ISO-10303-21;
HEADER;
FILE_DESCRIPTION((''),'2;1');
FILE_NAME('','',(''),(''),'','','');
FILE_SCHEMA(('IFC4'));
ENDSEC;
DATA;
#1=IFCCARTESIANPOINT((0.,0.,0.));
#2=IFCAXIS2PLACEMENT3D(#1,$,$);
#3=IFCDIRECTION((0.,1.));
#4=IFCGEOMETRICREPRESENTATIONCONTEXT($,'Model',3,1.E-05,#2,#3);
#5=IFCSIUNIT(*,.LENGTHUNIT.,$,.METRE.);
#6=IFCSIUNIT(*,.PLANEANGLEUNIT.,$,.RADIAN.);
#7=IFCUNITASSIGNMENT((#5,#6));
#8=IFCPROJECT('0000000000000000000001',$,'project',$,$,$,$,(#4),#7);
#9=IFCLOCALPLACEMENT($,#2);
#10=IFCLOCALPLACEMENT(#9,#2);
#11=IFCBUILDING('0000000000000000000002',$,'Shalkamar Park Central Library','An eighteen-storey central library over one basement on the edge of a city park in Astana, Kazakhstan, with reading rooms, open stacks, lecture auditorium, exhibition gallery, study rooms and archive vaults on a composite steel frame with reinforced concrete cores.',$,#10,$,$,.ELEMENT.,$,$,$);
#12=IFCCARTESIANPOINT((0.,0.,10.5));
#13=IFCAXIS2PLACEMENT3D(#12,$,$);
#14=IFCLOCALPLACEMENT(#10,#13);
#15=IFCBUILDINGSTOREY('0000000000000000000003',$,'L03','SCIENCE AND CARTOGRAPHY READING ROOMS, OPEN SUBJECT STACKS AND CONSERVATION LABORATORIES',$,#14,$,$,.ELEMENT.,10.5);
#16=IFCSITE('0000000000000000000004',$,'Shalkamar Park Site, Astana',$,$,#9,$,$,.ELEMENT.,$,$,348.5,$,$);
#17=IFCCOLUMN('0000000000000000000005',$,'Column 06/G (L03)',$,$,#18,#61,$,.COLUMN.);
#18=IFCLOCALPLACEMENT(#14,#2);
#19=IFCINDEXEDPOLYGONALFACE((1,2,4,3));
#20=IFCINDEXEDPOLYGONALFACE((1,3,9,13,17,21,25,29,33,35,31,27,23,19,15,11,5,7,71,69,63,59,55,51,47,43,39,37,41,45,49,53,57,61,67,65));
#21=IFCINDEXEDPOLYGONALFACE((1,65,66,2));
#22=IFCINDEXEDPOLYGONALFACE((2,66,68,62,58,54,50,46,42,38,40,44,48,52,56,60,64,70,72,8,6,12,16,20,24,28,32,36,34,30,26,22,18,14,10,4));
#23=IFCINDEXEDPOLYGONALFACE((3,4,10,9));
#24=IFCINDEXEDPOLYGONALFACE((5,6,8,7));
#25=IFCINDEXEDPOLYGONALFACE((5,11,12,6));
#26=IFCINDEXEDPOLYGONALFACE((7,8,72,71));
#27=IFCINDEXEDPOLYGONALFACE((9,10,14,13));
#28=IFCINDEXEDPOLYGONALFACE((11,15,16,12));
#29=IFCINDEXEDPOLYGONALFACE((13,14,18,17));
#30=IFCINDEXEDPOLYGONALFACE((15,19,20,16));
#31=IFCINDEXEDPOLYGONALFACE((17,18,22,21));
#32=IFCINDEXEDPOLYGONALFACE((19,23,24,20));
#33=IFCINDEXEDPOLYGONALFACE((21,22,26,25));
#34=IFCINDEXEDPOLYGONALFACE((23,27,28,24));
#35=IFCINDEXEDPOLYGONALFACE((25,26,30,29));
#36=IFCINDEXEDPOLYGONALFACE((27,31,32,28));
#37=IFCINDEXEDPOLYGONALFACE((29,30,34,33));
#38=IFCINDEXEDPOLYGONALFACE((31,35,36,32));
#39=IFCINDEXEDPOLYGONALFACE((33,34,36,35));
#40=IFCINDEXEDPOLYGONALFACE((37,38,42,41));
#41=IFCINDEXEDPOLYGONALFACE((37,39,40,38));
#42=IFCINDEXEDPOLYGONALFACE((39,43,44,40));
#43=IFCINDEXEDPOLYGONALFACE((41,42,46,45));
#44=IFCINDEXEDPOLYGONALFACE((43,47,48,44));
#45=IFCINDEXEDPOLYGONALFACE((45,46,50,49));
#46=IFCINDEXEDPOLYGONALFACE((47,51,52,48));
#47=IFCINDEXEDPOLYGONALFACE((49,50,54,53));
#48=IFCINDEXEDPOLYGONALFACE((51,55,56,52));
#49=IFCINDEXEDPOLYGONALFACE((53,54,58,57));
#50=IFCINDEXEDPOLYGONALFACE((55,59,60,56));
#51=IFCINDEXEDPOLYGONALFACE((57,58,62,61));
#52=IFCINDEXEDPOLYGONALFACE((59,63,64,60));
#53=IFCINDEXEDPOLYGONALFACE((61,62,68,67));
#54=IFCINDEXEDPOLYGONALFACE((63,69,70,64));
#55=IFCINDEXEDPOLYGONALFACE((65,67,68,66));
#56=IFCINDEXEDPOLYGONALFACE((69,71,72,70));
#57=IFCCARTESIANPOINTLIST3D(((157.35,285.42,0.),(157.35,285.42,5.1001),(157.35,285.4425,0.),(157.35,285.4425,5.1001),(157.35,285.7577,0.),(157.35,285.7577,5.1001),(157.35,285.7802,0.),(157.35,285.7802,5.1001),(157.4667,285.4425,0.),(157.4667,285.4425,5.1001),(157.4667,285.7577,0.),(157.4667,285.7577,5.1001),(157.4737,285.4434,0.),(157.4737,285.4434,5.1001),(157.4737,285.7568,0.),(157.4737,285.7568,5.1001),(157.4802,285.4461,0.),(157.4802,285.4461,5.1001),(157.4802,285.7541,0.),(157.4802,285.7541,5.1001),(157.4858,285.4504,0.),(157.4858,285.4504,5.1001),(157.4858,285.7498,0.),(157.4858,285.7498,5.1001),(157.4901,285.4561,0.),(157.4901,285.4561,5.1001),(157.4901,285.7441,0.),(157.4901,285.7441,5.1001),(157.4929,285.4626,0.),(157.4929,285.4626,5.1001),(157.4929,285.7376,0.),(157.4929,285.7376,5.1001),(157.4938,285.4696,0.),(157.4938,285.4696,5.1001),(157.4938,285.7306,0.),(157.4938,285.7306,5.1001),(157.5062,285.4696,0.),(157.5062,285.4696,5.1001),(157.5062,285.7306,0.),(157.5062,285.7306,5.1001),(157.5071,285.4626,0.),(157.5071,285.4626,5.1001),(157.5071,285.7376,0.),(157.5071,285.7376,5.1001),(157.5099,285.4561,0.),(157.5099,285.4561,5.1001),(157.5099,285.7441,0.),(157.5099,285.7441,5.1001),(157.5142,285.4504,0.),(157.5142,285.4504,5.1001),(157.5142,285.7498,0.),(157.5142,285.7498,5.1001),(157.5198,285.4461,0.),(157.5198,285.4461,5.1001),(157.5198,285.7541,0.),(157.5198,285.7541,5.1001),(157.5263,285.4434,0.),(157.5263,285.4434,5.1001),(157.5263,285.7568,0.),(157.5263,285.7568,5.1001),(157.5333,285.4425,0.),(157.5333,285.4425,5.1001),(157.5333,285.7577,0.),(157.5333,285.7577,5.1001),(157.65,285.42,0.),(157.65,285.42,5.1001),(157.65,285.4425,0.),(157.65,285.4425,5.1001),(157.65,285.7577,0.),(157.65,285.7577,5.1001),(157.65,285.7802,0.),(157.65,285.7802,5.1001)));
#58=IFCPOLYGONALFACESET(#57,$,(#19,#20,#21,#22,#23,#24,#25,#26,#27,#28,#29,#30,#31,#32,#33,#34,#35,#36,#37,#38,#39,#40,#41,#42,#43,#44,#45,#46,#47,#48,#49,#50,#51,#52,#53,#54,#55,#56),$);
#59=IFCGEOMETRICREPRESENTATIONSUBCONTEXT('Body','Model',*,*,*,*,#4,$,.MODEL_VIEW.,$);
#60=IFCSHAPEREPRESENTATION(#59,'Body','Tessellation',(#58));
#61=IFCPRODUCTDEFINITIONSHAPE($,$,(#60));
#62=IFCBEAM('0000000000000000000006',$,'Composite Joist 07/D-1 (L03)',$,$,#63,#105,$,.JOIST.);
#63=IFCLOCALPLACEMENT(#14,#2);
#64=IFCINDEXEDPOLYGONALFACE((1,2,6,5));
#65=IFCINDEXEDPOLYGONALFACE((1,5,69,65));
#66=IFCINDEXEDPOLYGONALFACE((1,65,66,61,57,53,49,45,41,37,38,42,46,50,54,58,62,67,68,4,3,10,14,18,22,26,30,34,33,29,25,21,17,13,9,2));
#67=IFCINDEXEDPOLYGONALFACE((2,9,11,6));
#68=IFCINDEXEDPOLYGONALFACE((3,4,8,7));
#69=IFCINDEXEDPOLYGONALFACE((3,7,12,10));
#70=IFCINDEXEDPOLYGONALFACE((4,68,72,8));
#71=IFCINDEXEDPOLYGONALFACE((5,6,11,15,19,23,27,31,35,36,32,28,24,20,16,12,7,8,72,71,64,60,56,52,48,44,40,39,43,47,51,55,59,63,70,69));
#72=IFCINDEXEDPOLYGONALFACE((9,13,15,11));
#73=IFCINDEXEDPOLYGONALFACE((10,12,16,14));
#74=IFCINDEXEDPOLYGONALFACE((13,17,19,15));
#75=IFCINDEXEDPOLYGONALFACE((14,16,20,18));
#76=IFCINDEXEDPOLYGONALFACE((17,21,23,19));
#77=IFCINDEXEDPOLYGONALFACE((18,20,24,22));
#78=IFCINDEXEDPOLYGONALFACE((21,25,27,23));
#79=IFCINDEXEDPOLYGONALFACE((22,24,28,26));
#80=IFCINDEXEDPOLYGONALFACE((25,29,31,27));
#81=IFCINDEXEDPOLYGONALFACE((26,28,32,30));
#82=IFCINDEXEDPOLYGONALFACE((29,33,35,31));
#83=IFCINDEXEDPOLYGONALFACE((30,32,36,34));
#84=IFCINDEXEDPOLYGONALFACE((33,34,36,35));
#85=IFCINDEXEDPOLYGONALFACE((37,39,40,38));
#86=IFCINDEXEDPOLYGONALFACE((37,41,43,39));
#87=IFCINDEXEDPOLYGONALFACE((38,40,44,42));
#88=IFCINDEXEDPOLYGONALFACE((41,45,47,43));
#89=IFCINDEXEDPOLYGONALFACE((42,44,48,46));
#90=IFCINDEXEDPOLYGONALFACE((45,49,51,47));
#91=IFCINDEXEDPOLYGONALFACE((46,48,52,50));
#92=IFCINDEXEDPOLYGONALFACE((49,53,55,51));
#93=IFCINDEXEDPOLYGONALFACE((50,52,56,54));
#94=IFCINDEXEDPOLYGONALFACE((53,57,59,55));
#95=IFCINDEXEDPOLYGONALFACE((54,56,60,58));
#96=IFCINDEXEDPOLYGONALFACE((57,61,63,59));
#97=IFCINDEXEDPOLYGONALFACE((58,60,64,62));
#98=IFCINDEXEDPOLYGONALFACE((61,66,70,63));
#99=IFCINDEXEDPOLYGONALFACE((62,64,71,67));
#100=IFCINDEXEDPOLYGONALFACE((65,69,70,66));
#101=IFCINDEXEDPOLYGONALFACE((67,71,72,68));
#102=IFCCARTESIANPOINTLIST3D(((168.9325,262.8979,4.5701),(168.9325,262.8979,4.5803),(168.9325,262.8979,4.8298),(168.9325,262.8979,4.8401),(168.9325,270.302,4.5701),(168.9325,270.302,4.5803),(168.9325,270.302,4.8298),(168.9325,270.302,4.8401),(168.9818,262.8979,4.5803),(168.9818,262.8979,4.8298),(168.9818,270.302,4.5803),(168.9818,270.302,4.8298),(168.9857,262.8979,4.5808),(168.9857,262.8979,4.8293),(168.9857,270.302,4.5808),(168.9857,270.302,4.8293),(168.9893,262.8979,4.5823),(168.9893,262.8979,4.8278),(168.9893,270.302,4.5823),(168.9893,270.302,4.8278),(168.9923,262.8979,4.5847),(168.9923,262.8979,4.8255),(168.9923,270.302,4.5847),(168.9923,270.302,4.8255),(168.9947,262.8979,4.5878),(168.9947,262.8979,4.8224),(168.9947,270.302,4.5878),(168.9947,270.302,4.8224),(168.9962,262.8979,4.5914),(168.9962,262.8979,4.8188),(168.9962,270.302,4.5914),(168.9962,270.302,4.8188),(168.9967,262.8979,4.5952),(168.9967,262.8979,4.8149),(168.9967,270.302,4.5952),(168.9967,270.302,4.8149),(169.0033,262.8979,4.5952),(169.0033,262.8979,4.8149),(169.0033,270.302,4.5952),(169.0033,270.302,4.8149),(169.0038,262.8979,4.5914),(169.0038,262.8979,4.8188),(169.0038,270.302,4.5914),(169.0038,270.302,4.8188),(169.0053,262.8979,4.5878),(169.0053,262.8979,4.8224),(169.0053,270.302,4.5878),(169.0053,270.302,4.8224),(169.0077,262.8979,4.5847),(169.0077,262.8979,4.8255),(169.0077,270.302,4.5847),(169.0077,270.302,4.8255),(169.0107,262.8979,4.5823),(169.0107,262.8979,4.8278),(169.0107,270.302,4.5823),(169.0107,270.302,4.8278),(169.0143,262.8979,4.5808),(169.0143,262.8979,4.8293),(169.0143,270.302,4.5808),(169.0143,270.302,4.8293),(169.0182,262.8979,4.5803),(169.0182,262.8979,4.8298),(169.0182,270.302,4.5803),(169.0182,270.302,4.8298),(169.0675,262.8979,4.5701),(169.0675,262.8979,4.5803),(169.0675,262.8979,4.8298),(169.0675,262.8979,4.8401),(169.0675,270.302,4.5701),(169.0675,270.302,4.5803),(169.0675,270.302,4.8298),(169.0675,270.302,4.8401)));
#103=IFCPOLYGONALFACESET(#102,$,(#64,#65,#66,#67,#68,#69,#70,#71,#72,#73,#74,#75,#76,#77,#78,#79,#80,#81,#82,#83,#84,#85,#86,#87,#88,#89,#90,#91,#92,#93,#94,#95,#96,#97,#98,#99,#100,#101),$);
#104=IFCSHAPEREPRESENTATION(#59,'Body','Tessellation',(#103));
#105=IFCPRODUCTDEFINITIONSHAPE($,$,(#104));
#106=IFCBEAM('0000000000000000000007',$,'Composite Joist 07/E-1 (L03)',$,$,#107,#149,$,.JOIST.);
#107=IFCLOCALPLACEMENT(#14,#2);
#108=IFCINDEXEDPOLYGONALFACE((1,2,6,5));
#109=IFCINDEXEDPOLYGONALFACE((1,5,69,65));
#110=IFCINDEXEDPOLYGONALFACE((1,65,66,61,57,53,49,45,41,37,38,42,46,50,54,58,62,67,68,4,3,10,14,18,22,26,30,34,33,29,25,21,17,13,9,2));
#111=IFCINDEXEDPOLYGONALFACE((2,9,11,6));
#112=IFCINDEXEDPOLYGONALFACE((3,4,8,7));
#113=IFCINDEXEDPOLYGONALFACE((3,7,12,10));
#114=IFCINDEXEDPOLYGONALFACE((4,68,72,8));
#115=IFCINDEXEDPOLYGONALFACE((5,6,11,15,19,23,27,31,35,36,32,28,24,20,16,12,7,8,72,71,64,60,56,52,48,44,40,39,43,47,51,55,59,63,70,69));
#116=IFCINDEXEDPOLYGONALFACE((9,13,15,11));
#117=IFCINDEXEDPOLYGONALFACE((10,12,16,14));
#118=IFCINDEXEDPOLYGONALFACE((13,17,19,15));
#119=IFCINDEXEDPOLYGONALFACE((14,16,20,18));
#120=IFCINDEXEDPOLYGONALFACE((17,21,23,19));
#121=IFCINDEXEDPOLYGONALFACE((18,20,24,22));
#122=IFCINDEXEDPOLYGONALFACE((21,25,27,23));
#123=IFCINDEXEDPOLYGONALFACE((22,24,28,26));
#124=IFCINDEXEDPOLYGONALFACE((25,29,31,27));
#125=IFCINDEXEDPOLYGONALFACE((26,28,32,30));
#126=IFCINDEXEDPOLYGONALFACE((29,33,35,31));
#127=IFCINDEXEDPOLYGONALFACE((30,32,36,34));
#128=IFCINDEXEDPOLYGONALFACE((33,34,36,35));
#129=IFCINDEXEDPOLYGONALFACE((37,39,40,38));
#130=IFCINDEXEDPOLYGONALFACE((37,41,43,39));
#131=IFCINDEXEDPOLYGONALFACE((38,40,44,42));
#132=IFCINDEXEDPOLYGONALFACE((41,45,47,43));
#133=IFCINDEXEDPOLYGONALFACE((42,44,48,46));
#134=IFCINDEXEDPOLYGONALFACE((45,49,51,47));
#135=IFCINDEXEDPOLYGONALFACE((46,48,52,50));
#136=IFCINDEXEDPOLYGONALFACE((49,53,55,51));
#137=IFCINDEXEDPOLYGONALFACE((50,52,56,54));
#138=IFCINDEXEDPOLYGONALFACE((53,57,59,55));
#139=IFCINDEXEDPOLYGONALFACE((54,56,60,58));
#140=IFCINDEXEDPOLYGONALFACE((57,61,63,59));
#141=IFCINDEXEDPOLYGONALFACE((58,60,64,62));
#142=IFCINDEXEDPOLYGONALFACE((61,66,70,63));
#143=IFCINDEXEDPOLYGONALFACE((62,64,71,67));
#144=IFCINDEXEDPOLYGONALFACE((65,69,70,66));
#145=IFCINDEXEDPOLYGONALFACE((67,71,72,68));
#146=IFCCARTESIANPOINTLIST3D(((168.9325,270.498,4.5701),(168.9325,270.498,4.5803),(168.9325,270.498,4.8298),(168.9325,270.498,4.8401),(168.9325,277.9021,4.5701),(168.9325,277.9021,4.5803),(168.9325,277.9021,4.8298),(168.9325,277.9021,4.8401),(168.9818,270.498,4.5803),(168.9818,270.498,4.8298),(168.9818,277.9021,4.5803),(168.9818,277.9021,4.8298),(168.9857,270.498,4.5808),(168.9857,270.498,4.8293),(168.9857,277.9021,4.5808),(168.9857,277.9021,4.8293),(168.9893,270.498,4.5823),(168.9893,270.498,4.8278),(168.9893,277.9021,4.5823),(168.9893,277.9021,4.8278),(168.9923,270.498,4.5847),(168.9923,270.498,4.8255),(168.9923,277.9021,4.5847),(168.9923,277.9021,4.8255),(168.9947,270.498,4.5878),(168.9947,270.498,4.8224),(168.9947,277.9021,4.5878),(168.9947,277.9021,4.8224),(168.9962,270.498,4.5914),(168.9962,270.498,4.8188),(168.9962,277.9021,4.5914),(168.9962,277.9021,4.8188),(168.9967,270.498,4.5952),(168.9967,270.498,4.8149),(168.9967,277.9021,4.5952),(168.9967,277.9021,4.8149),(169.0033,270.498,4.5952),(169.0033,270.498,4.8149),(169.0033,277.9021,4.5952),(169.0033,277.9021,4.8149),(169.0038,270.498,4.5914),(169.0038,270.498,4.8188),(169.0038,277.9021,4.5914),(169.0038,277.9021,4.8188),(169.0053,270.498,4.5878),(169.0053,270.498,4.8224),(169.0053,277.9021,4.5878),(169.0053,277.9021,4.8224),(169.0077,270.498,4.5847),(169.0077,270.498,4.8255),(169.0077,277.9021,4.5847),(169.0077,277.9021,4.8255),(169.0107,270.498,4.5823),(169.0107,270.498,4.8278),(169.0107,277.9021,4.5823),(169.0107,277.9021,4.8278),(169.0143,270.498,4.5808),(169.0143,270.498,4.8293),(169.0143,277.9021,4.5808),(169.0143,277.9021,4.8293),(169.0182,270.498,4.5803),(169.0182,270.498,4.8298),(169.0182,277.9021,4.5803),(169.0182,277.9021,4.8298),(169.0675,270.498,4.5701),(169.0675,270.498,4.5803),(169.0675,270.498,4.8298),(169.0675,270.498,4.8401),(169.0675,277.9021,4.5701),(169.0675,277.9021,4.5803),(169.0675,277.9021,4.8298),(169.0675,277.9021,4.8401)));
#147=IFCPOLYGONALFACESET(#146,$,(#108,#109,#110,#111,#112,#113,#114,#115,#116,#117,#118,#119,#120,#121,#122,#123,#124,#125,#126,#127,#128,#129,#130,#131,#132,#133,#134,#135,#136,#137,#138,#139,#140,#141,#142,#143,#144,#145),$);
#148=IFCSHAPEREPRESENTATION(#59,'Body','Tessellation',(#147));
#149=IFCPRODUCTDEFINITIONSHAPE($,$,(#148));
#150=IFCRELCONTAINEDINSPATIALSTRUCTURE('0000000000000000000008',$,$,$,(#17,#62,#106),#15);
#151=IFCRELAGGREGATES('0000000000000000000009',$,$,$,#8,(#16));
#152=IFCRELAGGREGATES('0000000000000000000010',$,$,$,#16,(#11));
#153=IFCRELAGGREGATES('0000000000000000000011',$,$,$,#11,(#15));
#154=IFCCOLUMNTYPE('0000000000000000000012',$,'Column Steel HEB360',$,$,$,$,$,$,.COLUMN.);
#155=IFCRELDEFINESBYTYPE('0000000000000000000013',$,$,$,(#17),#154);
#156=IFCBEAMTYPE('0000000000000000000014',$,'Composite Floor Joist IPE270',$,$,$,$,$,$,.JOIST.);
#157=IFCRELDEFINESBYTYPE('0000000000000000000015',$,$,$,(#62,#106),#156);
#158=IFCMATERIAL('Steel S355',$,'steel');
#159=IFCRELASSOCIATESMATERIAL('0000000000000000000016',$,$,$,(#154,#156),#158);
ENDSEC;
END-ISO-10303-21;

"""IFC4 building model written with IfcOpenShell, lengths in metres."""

from ifc_helpers import new_model, si_unit, direction, frame, origin, origin_2d, place, context, subcontext, project, spatial, i_section, extrude, material, material_profile, profile_set, type_object, element, save


model = new_model("IFC4")

# Units and contexts
model_context = context("Model", 3, precision=1e-05, world=origin(), true_north=direction((0.0, 1.0)))
body_context = subcontext(model_context, "Body", "Model", "MODEL_VIEW")
ifc_project = project(units=[si_unit("LENGTHUNIT", "METRE"), si_unit("PLANEANGLEUNIT", "RADIAN")], contexts=[model_context])

# Site, building, storey
site_placement = place(None, origin())
site = spatial("IfcSite", under=ifc_project, at=site_placement, Name="Shalkamar Park Site, Astana", CompositionType="ELEMENT", RefElevation=348.5)
building_placement = place(site_placement, origin())
building = spatial("IfcBuilding", under=site, at=building_placement, Name="Shalkamar Park Central Library", Description="An eighteen-storey central library over one basement on the edge of a city park in Astana, Kazakhstan, with reading rooms, open stacks, lecture auditorium, exhibition gallery, study rooms and archive vaults on a composite steel frame with reinforced concrete cores.", CompositionType="ELEMENT")
storey_placement = place(building_placement, frame((0.0, 0.0, 10.5)))
storey = spatial("IfcBuildingStorey", under=building, at=storey_placement, Name="L03", Description="SCIENCE AND CARTOGRAPHY READING ROOMS, OPEN SUBJECT STACKS AND CONSERVATION LABORATORIES", CompositionType="ELEMENT", Elevation=10.5)

# Column
ifc_material_1 = material(Name="Steel S355", Category="steel")
ifc_material_profile_1 = material_profile(ifc_material_1, i_section(OverallWidth=0.3, OverallDepth=0.3601, WebThickness=0.0125, FlangeThickness=0.0225, FilletRadius=0.0271, at=origin_2d()), Name="HEB 360")
ifc_profile_set_1 = profile_set([ifc_material_profile_1], Name="Steel S355")
column_type_1 = type_object("IfcColumnType", Name="Column Steel HEB360", PredefinedType="COLUMN", material=ifc_profile_set_1)
for number, where, z_axis, x_axis, name in (
    (1, (157.5, 285.6001, 0.0), (0.0, 0.0, 1.0), (1.0, 0.0, 0.0), "Column 06/G (L03)"),
):
    element("IfcColumn", number, at=place(storey_placement, frame(where, z_axis=z_axis, x_axis=x_axis)), inside=storey, type_object=column_type_1, Name=name, PredefinedType="COLUMN", context=body_context, shape_type="SweptSolid", body=[
        extrude(i_section(OverallWidth=0.3, OverallDepth=0.3601, WebThickness=0.0125, FlangeThickness=0.0225, FilletRadius=0.0271, at=origin_2d()), origin(), (0.0, 0.0, 1.0), 5.1001),
    ])

# Beams
ifc_material_profile_2 = material_profile(ifc_material_1, i_section(OverallWidth=0.135, OverallDepth=0.27, WebThickness=0.0066, FlangeThickness=0.0103, FilletRadius=0.0149, at=origin_2d()), Name="IPE 270")
ifc_profile_set_2 = profile_set([ifc_material_profile_2], Name="Steel S355")
beam_type_1 = type_object("IfcBeamType", Name="Composite Floor Joist IPE270", PredefinedType="JOIST", material=ifc_profile_set_2)
for number, where, z_axis, x_axis, name in (
    (2, (169.0, 262.8979, 4.7051), (0.0, 1.0, 0.0), (-1.0, 0.0, 0.0), "Composite Joist 07/D-1 (L03)"),
    (3, (169.0, 270.498, 4.7051), (0.0, 1.0, 0.0), (-1.0, 0.0, 0.0), "Composite Joist 07/E-1 (L03)"),
):
    element("IfcBeam", number, at=place(storey_placement, frame(where, z_axis=z_axis, x_axis=x_axis)), inside=storey, type_object=beam_type_1, Name=name, PredefinedType="JOIST", context=body_context, shape_type="SweptSolid", body=[
        extrude(i_section(OverallWidth=0.135, OverallDepth=0.27, WebThickness=0.0066, FlangeThickness=0.0103, FilletRadius=0.0149, at=origin_2d()), origin(), (0.0, 0.0, 1.0), 7.4041),
    ])

save(model, "model.ifc")
